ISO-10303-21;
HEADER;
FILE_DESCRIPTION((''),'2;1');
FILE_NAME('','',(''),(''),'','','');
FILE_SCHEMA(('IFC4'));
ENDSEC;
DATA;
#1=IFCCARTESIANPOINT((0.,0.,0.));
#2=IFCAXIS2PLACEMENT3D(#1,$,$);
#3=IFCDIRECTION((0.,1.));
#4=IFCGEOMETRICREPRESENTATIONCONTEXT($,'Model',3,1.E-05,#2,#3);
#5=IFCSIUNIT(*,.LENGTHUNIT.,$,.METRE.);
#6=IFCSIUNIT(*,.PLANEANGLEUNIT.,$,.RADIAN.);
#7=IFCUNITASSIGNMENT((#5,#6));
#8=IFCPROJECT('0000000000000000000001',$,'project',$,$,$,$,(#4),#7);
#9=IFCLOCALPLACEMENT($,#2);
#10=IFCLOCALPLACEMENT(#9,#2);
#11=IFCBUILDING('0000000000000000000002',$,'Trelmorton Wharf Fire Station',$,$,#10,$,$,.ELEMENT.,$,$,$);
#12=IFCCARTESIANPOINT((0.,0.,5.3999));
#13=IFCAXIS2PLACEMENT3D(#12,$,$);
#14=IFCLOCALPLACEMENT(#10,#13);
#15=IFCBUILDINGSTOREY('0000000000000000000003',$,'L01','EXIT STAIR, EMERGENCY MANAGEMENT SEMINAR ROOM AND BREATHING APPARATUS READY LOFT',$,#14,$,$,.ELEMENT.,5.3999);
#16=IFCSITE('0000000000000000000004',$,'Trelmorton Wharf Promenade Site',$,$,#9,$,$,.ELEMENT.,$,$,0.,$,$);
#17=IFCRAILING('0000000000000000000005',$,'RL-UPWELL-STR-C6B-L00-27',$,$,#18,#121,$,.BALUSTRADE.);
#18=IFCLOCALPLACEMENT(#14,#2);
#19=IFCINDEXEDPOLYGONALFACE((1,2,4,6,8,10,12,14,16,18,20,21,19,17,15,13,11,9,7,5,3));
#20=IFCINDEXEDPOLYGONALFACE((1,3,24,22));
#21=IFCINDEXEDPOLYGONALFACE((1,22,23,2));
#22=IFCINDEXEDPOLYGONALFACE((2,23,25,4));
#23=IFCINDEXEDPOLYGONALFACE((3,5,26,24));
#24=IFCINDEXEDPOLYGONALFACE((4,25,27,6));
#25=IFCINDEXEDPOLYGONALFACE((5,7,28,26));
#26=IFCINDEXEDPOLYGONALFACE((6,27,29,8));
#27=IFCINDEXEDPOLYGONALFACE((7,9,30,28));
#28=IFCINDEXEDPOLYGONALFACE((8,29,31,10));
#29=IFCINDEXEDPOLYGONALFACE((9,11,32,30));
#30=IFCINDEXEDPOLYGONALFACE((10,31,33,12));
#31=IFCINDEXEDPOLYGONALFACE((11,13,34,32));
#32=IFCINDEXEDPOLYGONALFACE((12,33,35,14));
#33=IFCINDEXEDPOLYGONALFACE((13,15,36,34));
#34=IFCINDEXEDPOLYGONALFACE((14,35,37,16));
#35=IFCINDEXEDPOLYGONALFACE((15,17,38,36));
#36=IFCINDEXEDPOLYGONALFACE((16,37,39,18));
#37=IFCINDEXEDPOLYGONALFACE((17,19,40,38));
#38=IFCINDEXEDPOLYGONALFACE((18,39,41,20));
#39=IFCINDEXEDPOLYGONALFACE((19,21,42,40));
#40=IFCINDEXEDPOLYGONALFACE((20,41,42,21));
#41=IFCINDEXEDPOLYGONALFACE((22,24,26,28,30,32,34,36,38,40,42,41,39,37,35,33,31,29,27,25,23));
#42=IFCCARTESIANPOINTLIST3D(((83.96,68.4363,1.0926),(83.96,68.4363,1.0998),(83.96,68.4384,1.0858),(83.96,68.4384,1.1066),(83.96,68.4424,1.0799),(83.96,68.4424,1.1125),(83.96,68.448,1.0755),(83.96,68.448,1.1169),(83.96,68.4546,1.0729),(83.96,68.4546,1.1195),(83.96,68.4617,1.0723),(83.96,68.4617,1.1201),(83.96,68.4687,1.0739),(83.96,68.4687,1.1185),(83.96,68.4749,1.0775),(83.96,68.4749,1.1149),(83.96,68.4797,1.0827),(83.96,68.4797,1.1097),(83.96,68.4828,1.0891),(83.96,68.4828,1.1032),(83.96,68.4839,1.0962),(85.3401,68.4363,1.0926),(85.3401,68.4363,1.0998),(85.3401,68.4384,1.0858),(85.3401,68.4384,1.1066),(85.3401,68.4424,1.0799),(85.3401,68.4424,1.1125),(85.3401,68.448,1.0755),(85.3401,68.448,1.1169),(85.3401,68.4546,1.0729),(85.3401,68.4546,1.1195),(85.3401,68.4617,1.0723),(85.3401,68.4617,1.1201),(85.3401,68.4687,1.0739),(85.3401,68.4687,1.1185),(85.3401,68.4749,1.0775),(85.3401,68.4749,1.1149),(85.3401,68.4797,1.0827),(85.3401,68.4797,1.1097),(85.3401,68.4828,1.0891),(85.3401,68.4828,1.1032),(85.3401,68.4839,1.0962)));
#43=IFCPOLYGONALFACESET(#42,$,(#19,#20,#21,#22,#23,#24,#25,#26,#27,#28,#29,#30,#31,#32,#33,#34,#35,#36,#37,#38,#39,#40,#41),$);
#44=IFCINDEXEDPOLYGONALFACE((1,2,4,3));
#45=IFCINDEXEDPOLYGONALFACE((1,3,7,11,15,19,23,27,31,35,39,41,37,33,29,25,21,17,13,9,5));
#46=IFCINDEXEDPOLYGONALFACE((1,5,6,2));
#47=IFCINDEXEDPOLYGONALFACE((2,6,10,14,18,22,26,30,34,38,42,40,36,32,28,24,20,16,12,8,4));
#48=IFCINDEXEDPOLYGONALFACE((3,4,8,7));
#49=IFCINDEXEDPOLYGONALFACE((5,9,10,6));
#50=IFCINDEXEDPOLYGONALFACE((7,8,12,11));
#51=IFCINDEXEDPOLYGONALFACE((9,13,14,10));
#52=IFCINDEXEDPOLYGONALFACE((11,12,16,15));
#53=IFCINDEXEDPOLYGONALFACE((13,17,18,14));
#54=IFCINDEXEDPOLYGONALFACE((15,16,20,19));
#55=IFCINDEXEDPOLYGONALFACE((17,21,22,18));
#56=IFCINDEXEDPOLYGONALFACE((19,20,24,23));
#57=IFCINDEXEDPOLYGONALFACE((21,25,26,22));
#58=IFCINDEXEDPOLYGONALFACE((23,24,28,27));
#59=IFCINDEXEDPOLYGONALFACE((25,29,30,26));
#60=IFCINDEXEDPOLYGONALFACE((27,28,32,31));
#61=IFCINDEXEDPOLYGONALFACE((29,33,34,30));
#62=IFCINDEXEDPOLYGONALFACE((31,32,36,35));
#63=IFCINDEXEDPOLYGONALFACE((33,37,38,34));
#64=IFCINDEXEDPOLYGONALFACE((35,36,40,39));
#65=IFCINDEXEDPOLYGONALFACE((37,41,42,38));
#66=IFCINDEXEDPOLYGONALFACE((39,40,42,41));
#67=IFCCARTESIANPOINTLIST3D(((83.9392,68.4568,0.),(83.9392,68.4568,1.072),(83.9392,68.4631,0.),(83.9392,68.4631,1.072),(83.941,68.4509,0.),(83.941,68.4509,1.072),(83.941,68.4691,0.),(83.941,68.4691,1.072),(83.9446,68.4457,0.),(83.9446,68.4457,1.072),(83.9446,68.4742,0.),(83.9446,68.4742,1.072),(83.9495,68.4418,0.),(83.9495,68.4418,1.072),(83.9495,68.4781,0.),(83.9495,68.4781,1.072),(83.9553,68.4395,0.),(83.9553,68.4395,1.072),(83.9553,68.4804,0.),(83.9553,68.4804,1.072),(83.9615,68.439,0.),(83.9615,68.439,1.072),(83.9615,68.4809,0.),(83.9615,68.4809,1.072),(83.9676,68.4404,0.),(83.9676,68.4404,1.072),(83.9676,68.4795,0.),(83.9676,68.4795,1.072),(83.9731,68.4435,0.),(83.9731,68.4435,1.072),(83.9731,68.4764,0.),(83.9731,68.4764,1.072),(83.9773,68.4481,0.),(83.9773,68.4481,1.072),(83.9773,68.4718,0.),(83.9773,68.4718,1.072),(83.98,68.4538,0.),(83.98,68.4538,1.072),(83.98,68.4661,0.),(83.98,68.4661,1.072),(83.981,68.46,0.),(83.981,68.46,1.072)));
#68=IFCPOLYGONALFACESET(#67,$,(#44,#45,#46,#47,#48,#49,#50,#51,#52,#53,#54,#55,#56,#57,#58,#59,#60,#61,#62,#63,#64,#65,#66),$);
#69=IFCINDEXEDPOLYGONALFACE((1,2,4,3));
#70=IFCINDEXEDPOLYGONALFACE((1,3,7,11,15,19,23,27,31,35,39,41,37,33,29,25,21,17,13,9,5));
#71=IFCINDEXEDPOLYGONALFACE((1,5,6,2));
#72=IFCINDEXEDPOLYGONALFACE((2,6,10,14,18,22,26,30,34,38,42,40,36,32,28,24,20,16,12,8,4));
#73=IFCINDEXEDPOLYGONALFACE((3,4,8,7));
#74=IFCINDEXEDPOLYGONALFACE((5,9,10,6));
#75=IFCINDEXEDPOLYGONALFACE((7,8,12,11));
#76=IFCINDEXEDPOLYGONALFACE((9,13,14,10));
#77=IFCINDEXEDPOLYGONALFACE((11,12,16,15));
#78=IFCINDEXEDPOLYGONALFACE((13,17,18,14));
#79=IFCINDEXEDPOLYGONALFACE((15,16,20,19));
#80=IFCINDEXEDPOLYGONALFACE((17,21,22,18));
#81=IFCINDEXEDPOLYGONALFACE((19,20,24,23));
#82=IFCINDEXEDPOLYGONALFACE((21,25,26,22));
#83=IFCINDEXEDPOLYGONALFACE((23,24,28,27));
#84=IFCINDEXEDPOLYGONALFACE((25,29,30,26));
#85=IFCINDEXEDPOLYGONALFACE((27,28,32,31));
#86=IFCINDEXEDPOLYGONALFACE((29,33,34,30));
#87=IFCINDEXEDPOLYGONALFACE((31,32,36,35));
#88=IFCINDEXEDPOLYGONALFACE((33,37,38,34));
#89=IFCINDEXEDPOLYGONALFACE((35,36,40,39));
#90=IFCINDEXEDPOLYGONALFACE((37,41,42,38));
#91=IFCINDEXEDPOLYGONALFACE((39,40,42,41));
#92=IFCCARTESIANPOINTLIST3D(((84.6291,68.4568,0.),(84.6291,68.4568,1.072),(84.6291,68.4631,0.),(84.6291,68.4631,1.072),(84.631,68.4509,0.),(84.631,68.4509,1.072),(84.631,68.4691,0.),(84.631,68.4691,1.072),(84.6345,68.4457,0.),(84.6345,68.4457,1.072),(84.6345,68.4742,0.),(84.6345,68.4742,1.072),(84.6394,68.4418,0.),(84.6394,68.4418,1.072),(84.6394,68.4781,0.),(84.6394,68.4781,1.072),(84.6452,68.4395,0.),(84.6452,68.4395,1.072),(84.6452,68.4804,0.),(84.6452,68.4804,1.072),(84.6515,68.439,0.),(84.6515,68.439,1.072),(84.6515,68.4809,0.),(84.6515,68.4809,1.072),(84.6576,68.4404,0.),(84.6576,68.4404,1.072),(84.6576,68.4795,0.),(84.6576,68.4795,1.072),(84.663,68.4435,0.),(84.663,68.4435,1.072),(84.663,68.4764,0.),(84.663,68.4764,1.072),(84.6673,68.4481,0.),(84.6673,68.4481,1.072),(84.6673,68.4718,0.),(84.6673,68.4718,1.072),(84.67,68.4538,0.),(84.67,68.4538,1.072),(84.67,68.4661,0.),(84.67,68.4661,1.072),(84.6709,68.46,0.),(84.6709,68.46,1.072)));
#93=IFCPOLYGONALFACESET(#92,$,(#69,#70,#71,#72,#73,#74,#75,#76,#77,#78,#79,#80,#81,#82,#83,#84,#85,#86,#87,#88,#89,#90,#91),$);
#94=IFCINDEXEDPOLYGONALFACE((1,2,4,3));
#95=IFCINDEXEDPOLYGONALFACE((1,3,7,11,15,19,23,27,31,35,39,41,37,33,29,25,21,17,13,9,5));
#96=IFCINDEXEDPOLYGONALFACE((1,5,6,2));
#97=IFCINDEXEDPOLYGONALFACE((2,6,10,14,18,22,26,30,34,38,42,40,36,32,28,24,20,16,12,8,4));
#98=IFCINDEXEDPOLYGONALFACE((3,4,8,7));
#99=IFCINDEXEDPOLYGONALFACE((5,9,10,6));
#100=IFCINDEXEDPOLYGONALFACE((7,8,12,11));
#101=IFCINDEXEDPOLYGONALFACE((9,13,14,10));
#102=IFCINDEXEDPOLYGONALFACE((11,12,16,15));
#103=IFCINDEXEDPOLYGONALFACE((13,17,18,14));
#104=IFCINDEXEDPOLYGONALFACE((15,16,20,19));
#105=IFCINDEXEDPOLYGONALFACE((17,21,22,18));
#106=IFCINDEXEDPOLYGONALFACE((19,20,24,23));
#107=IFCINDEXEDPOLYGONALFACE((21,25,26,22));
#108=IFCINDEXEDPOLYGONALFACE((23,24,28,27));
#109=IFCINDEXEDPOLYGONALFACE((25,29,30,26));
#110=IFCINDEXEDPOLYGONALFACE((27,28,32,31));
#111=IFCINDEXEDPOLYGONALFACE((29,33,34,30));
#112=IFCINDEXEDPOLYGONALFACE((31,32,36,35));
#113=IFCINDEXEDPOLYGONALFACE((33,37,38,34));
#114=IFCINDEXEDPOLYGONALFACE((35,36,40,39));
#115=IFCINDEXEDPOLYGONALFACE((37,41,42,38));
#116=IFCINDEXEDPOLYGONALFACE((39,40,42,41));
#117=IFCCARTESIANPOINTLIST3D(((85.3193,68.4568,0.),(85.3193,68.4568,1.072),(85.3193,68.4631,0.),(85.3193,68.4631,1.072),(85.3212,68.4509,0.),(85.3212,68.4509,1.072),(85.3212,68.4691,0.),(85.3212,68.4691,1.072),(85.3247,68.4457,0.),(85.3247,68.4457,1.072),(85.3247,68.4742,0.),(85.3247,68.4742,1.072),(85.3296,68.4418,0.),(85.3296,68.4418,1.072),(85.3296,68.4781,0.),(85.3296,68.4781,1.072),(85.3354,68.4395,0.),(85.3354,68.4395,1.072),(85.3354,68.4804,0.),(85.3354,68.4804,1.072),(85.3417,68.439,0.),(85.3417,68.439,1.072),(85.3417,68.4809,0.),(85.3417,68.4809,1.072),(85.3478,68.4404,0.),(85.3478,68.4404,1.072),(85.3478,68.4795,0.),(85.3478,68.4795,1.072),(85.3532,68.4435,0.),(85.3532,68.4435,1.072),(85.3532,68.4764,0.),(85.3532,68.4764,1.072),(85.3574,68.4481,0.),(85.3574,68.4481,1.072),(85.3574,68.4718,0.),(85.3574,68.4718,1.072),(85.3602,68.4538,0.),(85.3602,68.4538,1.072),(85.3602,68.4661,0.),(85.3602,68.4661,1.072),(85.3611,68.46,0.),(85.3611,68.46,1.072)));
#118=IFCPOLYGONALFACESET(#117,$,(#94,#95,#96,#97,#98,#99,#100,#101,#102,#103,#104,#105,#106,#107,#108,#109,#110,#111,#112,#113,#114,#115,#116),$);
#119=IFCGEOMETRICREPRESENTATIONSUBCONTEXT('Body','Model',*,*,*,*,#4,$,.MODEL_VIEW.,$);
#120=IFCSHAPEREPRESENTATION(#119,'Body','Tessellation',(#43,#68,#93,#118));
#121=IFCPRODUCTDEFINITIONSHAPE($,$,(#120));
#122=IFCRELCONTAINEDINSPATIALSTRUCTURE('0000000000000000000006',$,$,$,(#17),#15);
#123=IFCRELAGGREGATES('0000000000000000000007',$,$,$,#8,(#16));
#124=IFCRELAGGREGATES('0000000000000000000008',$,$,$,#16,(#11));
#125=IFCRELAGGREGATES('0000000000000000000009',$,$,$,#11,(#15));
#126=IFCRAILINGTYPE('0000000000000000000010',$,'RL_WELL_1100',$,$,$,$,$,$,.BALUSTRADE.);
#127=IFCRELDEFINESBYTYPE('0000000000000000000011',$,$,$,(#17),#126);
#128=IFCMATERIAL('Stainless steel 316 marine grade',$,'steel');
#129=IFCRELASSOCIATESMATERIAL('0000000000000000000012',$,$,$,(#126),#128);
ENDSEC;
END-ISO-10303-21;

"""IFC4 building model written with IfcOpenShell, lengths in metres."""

from ifc_helpers import new_model, si_unit, direction, frame, origin, origin_2d, place, context, subcontext, project, spatial, circle, extrude, material, type_object, element, save


model = new_model("IFC4")

# Units and contexts
model_context = context("Model", 3, precision=1e-05, world=origin(), true_north=direction((0.0, 1.0)))
body_context = subcontext(model_context, "Body", "Model", "MODEL_VIEW")
ifc_project = project(units=[si_unit("LENGTHUNIT", "METRE"), si_unit("PLANEANGLEUNIT", "RADIAN")], contexts=[model_context])

# Site, building, storey
site_placement = place(None, origin())
site = spatial("IfcSite", under=ifc_project, at=site_placement, Name="Trelmorton Wharf Promenade Site", CompositionType="ELEMENT", RefElevation=0.0)
building_placement = place(site_placement, origin())
building = spatial("IfcBuilding", under=site, at=building_placement, Name="Trelmorton Wharf Fire Station", CompositionType="ELEMENT")
storey_placement = place(building_placement, frame((0.0, 0.0, 5.3999)))
storey = spatial("IfcBuildingStorey", under=building, at=storey_placement, Name="L01", Description="EXIT STAIR, EMERGENCY MANAGEMENT SEMINAR ROOM AND BREATHING APPARATUS READY LOFT", CompositionType="ELEMENT", Elevation=5.3999)

# Railing
ifc_material_1 = material(Name="Stainless steel 316 marine grade", Category="steel")
railing_type_1 = type_object("IfcRailingType", Name="RL_WELL_1100", PredefinedType="BALUSTRADE", material=ifc_material_1)
railing_1_placement = place(storey_placement, frame((83.96, 68.46, 0.0)))
element("IfcRailing", 1, at=railing_1_placement, inside=storey, type_object=railing_type_1, Name="RL-UPWELL-STR-C6B-L00-27", PredefinedType="BALUSTRADE", context=body_context, shape_type="SweptSolid", body=[
    extrude(circle(Radius=0.0239, at=origin_2d()), frame((0.0, 0.0, 1.0962), z_axis=(1.0, 0.0, 0.0), x_axis=(0.0, 1.0, 0.0)), (0.0, 0.0, 1.0), 1.3801),
    extrude(circle(Radius=0.021, at=origin_2d()), origin(), (0.0, 0.0, 1.0), 1.072),
    extrude(circle(Radius=0.021, at=origin_2d()), frame((0.6899, 0.0, 0.0)), (0.0, 0.0, 1.0), 1.072),
    extrude(circle(Radius=0.021, at=origin_2d()), frame((1.3801, 0.0, 0.0)), (0.0, 0.0, 1.0), 1.072),
])

save(model, "model.ifc")
